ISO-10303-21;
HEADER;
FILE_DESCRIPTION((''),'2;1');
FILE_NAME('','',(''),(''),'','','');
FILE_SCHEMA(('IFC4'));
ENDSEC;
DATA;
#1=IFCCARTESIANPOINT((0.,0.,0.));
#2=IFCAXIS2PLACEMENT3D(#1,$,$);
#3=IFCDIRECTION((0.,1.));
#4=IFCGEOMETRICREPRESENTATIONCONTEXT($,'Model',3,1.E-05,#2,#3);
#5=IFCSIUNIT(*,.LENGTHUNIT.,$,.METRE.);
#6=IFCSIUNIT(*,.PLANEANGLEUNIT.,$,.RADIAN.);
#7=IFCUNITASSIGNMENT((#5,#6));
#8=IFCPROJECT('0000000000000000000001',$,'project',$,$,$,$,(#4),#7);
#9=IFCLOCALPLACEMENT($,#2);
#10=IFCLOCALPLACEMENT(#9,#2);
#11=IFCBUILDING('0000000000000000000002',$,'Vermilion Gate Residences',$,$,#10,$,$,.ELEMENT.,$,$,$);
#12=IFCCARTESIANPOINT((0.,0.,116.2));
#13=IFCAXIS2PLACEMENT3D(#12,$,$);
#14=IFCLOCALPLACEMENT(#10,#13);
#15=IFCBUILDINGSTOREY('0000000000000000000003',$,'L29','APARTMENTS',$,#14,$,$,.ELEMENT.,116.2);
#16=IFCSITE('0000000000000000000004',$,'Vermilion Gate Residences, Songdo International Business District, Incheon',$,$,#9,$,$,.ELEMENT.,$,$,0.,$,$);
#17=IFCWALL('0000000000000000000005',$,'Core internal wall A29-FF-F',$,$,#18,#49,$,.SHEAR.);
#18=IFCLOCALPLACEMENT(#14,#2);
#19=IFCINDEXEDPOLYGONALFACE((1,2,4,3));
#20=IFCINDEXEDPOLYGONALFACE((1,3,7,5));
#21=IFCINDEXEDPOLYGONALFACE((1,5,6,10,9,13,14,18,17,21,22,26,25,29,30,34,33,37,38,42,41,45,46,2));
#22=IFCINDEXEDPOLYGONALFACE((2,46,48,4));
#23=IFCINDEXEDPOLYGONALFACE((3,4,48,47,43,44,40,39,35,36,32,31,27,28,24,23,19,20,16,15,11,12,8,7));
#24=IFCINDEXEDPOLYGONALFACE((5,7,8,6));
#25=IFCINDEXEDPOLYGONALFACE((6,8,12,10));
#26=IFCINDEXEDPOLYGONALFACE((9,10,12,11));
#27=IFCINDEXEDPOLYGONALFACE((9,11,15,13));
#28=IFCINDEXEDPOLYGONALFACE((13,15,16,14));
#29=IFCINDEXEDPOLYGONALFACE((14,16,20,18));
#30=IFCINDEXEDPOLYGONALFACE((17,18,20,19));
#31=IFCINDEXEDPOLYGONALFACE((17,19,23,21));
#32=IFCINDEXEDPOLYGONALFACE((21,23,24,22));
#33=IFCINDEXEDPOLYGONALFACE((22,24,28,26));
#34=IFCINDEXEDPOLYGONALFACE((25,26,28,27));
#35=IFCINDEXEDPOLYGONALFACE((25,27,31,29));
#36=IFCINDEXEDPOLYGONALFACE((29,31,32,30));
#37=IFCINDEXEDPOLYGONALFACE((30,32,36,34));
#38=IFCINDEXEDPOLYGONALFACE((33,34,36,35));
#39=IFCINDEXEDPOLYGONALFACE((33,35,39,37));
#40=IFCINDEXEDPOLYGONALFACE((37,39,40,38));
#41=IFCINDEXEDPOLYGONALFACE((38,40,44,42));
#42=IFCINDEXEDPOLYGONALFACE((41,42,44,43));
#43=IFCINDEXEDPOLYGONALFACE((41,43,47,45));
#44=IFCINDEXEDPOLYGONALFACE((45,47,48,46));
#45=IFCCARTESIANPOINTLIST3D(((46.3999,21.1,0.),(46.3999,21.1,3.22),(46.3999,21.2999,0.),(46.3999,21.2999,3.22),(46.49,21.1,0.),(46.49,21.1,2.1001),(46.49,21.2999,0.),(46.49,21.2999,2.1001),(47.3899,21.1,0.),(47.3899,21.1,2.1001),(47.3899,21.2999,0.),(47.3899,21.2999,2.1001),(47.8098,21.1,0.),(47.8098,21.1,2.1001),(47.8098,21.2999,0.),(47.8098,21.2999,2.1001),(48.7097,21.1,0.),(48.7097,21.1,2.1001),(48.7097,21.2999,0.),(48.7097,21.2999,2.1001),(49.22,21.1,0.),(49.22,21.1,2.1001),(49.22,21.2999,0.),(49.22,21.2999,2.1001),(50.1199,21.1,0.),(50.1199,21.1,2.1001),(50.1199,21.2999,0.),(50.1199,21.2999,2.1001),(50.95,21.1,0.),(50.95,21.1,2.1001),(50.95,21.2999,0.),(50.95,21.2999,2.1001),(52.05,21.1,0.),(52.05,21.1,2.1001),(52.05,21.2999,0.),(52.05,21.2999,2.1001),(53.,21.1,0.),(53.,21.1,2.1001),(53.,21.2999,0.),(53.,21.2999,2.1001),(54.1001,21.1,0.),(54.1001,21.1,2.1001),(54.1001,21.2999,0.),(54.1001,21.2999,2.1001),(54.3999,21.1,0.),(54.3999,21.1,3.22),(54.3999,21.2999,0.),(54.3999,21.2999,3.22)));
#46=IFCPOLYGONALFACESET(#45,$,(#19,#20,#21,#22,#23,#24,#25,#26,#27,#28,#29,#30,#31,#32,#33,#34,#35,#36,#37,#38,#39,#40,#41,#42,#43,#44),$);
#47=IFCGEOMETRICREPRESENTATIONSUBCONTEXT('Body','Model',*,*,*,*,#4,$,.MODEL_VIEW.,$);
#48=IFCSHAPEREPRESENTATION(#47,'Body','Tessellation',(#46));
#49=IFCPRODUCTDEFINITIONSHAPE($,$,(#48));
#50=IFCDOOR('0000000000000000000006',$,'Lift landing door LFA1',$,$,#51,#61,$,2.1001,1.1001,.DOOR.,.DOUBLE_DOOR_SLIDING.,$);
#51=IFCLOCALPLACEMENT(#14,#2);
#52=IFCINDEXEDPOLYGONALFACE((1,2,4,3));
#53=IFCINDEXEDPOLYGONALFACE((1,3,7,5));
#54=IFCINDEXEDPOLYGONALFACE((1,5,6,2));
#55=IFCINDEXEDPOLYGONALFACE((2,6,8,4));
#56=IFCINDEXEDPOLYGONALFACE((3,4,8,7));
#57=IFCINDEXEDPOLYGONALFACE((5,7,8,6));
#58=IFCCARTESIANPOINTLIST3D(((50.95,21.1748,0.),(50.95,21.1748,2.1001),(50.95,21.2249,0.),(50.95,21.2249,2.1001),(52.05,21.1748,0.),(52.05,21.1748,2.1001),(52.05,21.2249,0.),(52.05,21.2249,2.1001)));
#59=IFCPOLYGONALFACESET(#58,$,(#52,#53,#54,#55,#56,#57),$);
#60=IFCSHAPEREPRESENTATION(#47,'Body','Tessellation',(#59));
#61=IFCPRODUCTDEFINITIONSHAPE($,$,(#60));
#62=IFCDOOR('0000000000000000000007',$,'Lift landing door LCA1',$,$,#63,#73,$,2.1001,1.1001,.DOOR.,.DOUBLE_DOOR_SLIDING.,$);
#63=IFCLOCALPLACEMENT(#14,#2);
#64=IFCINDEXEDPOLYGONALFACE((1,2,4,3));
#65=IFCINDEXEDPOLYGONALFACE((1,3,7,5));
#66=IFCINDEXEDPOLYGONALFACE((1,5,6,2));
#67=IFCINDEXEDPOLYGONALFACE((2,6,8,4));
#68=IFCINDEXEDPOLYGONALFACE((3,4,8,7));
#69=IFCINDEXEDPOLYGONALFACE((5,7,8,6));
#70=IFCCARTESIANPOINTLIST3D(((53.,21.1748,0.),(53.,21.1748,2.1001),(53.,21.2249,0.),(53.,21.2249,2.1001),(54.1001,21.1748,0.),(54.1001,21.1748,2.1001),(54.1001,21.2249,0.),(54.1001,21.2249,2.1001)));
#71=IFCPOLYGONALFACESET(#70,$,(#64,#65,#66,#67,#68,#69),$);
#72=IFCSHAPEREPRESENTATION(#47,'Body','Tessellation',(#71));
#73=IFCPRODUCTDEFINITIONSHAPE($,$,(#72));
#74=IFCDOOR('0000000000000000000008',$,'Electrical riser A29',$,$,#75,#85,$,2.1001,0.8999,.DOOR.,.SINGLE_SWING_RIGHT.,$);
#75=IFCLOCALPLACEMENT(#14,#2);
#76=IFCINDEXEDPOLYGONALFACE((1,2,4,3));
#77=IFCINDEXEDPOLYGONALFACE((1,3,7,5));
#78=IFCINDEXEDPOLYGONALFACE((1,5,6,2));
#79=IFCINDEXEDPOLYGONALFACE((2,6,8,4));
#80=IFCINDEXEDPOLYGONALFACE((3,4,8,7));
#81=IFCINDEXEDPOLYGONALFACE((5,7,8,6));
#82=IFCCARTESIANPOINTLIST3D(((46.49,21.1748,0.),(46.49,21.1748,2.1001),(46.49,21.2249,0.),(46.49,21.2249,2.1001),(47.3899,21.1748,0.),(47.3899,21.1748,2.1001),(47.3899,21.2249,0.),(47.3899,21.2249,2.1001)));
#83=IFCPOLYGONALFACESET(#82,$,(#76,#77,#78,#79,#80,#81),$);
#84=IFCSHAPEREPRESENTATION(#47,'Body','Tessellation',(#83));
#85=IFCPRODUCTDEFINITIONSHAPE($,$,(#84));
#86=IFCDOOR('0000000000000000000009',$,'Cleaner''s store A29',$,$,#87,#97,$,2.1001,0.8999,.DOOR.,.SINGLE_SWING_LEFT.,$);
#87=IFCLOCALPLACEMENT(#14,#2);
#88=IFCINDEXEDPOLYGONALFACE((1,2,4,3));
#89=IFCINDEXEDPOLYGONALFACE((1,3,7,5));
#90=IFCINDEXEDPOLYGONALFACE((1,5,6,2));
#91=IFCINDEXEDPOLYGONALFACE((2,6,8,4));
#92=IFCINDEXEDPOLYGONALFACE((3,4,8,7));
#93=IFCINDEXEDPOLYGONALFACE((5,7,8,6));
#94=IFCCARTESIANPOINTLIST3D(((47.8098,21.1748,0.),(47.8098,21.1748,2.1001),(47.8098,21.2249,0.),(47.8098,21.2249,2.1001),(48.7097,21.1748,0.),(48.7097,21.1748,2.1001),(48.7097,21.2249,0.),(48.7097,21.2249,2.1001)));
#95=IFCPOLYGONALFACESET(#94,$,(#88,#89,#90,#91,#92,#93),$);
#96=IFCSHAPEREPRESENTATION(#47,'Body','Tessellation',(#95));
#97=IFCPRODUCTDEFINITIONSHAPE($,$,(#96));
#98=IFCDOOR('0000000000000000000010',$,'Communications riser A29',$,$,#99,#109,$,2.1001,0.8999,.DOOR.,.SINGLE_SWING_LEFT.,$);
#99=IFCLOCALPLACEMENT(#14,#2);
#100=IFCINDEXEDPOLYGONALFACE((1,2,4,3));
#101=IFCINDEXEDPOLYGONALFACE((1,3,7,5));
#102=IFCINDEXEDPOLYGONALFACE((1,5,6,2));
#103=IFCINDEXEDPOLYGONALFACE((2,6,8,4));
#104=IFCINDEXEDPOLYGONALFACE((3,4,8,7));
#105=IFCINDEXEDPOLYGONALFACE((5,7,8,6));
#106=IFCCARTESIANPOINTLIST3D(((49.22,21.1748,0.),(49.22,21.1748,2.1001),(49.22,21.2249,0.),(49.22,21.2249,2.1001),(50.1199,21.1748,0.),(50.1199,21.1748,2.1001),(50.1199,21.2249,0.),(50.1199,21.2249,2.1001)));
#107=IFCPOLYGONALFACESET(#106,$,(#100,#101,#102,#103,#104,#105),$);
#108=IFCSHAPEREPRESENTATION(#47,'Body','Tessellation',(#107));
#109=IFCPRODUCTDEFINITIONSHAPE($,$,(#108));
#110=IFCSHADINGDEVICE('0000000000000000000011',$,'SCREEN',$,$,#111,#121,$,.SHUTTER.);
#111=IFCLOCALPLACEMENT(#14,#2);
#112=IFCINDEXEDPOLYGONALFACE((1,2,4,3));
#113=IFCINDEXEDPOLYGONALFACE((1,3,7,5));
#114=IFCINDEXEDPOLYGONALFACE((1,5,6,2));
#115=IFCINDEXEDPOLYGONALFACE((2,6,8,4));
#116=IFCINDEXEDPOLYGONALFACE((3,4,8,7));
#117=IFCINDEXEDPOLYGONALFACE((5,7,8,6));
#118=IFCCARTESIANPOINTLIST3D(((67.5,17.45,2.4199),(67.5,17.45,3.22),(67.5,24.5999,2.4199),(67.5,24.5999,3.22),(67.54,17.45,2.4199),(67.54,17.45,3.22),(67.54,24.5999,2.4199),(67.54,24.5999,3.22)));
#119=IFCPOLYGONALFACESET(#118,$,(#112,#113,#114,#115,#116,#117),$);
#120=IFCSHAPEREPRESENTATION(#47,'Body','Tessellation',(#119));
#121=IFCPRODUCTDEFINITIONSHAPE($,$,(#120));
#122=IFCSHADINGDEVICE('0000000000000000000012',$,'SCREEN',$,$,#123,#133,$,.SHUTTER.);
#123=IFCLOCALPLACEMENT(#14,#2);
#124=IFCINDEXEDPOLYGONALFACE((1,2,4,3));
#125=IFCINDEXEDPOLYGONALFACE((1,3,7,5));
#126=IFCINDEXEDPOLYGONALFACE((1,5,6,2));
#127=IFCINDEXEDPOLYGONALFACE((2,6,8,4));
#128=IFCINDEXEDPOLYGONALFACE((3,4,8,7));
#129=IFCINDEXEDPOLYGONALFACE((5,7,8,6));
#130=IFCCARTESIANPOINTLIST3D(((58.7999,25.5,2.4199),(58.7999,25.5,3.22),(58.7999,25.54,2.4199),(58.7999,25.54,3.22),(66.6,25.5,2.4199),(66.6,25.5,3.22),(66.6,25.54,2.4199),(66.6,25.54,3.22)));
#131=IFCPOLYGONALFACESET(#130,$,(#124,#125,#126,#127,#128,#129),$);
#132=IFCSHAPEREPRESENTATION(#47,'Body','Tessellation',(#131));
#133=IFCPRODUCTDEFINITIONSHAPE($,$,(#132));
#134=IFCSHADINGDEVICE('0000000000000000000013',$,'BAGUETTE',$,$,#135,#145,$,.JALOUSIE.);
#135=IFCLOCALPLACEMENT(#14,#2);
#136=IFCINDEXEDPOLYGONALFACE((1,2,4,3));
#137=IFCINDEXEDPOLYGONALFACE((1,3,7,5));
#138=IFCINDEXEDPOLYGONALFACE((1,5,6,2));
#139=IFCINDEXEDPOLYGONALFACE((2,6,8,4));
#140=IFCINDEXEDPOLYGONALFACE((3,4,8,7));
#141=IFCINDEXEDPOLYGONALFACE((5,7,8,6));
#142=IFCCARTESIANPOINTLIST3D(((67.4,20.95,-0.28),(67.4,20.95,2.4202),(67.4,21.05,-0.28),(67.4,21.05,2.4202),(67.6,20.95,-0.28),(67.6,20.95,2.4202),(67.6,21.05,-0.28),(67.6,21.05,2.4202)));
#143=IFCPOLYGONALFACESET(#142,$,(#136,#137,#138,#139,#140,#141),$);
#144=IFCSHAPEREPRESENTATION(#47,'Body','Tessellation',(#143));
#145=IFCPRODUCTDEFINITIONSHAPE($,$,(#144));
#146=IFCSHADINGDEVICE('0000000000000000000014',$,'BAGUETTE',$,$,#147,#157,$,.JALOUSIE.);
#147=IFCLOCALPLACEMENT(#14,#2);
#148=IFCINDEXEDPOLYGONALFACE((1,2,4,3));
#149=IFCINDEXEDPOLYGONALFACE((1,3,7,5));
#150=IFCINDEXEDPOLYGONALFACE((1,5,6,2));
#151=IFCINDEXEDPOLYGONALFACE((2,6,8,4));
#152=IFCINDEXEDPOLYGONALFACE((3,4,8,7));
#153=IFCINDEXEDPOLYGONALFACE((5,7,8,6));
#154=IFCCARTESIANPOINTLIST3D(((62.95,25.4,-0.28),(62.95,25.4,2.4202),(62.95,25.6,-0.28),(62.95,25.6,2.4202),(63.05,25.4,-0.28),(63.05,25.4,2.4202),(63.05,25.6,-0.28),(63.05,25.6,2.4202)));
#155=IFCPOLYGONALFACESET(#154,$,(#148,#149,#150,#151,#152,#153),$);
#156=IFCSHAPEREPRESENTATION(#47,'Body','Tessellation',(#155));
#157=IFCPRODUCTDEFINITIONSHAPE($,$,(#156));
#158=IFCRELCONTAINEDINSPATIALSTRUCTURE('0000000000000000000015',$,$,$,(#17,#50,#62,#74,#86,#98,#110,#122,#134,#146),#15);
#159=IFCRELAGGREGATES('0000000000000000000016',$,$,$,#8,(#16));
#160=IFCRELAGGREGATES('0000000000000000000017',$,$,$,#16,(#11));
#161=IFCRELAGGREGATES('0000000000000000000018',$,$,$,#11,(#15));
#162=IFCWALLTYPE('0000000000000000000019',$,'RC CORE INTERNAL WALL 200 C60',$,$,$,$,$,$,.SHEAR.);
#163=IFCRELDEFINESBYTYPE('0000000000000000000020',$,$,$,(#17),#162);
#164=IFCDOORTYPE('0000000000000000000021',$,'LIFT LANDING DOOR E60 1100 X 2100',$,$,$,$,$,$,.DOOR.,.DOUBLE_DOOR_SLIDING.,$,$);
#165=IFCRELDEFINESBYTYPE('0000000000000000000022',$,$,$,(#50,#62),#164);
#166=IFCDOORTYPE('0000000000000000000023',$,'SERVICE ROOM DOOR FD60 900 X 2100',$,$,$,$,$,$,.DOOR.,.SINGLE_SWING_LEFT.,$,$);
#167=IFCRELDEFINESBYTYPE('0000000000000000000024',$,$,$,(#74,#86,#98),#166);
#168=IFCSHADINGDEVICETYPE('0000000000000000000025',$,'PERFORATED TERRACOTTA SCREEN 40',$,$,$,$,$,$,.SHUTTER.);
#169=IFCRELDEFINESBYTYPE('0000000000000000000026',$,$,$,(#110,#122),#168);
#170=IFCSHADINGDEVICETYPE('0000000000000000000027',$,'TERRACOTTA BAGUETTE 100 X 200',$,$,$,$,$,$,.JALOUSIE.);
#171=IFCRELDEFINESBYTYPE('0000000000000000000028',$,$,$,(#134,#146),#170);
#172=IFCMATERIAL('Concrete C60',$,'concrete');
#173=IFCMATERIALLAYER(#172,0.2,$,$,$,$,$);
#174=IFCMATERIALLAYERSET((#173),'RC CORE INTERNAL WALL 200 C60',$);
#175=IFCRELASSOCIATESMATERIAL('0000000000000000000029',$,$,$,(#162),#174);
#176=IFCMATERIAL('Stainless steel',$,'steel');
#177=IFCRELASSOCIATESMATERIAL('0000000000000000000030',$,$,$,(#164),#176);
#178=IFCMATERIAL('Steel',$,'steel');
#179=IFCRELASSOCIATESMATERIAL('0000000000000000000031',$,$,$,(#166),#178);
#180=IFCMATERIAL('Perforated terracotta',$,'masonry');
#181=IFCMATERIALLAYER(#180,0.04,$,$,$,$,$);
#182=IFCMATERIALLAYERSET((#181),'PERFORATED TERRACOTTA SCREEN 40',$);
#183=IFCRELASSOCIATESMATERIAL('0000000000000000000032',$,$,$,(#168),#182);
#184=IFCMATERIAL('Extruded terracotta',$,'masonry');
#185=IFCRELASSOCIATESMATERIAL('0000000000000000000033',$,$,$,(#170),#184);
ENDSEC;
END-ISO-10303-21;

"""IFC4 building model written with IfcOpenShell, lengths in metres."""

from ifc_helpers import new_model, si_unit, direction, frame, frame_2d, origin, origin_2d, place, context, subcontext, project, spatial, rectangle, extrude, material, layer, layer_set, material_profile, profile_set, type_object, element, fill, save


model = new_model("IFC4")

# Units and contexts
model_context = context("Model", 3, precision=1e-05, world=origin(), true_north=direction((0.0, 1.0)))
body_context = subcontext(model_context, "Body", "Model", "MODEL_VIEW")
ifc_project = project(units=[si_unit("LENGTHUNIT", "METRE"), si_unit("PLANEANGLEUNIT", "RADIAN")], contexts=[model_context])

# Site, building, storey
site_placement = place(None, origin())
site = spatial("IfcSite", under=ifc_project, at=site_placement, Name="Vermilion Gate Residences, Songdo International Business District, Incheon", CompositionType="ELEMENT", RefElevation=0.0)
building_placement = place(site_placement, origin())
building = spatial("IfcBuilding", under=site, at=building_placement, Name="Vermilion Gate Residences", CompositionType="ELEMENT")
storey_placement = place(building_placement, frame((0.0, 0.0, 116.2)))
storey = spatial("IfcBuildingStorey", under=building, at=storey_placement, Name="L29", Description="APARTMENTS", CompositionType="ELEMENT", Elevation=116.2)

# Shared definitions
ifc_material_1 = material(Name="Concrete C60", Category="concrete")
ifc_layer_1 = layer(ifc_material_1, 0.2)
ifc_layer_set_1 = layer_set([ifc_layer_1], Name="RC CORE INTERNAL WALL 200 C60")
wall_type_1 = type_object("IfcWallType", Name="RC CORE INTERNAL WALL 200 C60", PredefinedType="SHEAR", material=ifc_layer_set_1)

# Wall, openings, doors
wall_1_placement = place(storey_placement, frame((46.3999, 21.2, 0.0), z_axis=(0.0, 0.0, 1.0), x_axis=(1.0, 0.0, 0.0)))
wall_1 = element("IfcWall", 1, at=wall_1_placement, inside=storey, type_object=wall_type_1, Name="Core internal wall A29-FF-F", PredefinedType="SHEAR", context=body_context, shape_type="SweptSolid", body=[
    extrude(rectangle(XDim=8.0, YDim=0.2, at=frame_2d((4.0, 0.0))), origin(), (0.0, 0.0, 1.0), 3.22),
])
opening_1_placement = place(wall_1_placement, frame((0.0901, 0.0, 0.0)))
opening_1 = element("IfcOpeningElement", 2, at=opening_1_placement, cuts=wall_1, PredefinedType="OPENING", context=body_context, shape_type="SweptSolid", body=[
    extrude(rectangle(XDim=0.8999, YDim=2.1001, at=frame_2d((0.45, 1.05))), frame((0.0, 0.1099, 0.0), z_axis=(0.0, -1.0, 0.0), x_axis=(1.0, 0.0, 0.0)), (0.0, 0.0, 1.0), 0.22),
])
opening_2_placement = place(wall_1_placement, frame((1.4099, 0.0, 0.0)))
opening_2 = element("IfcOpeningElement", 3, at=opening_2_placement, cuts=wall_1, PredefinedType="OPENING", context=body_context, shape_type="SweptSolid", body=[
    extrude(rectangle(XDim=0.8999, YDim=2.1001, at=frame_2d((0.45, 1.05))), frame((0.0, 0.1099, 0.0), z_axis=(0.0, -1.0, 0.0), x_axis=(1.0, 0.0, 0.0)), (0.0, 0.0, 1.0), 0.22),
])
opening_3_placement = place(wall_1_placement, frame((2.8201, 0.0, 0.0)))
opening_3 = element("IfcOpeningElement", 4, at=opening_3_placement, cuts=wall_1, PredefinedType="OPENING", context=body_context, shape_type="SweptSolid", body=[
    extrude(rectangle(XDim=0.8999, YDim=2.1001, at=frame_2d((0.45, 1.05))), frame((0.0, 0.1099, 0.0), z_axis=(0.0, -1.0, 0.0), x_axis=(1.0, 0.0, 0.0)), (0.0, 0.0, 1.0), 0.22),
])
opening_4_placement = place(wall_1_placement, frame((4.55, 0.0, 0.0)))
opening_4 = element("IfcOpeningElement", 5, at=opening_4_placement, cuts=wall_1, PredefinedType="OPENING", context=body_context, shape_type="SweptSolid", body=[
    extrude(rectangle(XDim=1.1001, YDim=2.1001, at=frame_2d((0.55, 1.05))), frame((0.0, 0.1099, 0.0), z_axis=(0.0, -1.0, 0.0), x_axis=(1.0, 0.0, 0.0)), (0.0, 0.0, 1.0), 0.22),
])
opening_5_placement = place(wall_1_placement, frame((6.6001, 0.0, 0.0)))
opening_5 = element("IfcOpeningElement", 6, at=opening_5_placement, cuts=wall_1, PredefinedType="OPENING", context=body_context, shape_type="SweptSolid", body=[
    extrude(rectangle(XDim=1.1001, YDim=2.1001, at=frame_2d((0.55, 1.05))), frame((0.0, 0.1099, 0.0), z_axis=(0.0, -1.0, 0.0), x_axis=(1.0, 0.0, 0.0)), (0.0, 0.0, 1.0), 0.22),
])
ifc_material_2 = material(Name="Stainless steel", Category="steel")
door_type_1 = type_object("IfcDoorType", Name="LIFT LANDING DOOR E60 1100 X 2100", OperationType="DOUBLE_DOOR_SLIDING", PredefinedType="DOOR", material=ifc_material_2)
door_1_placement = place(opening_4_placement, origin())
door_1 = element("IfcDoor", 7, at=door_1_placement, inside=storey, type_object=door_type_1, Name="Lift landing door LFA1", OperationType="DOUBLE_DOOR_SLIDING", OverallHeight=2.1001, OverallWidth=1.1001, PredefinedType="DOOR", context=body_context, shape_type="SweptSolid", body=[
    extrude(rectangle(XDim=1.1001, YDim=2.1001, at=frame_2d((0.55, 1.05))), frame((0.0, 0.0249, 0.0), z_axis=(0.0, -1.0, 0.0), x_axis=(1.0, 0.0, 0.0)), (0.0, 0.0, 1.0), 0.05),
])
fill(opening_4, door_1)
door_2_placement = place(opening_5_placement, origin())
door_2 = element("IfcDoor", 8, at=door_2_placement, inside=storey, type_object=door_type_1, Name="Lift landing door LCA1", OperationType="DOUBLE_DOOR_SLIDING", OverallHeight=2.1001, OverallWidth=1.1001, PredefinedType="DOOR", context=body_context, shape_type="SweptSolid", body=[
    extrude(rectangle(XDim=1.1001, YDim=2.1001, at=frame_2d((0.55, 1.05))), frame((0.0, 0.0249, 0.0), z_axis=(0.0, -1.0, 0.0), x_axis=(1.0, 0.0, 0.0)), (0.0, 0.0, 1.0), 0.05),
])
fill(opening_5, door_2)
ifc_material_3 = material(Name="Steel", Category="steel")
door_type_2 = type_object("IfcDoorType", Name="SERVICE ROOM DOOR FD60 900 X 2100", OperationType="SINGLE_SWING_LEFT", PredefinedType="DOOR", material=ifc_material_3)
door_3_placement = place(opening_1_placement, origin())
door_3 = element("IfcDoor", 9, at=door_3_placement, inside=storey, type_object=door_type_2, Name="Electrical riser A29", OperationType="SINGLE_SWING_RIGHT", OverallHeight=2.1001, OverallWidth=0.8999, PredefinedType="DOOR", context=body_context, shape_type="SweptSolid", body=[
    extrude(rectangle(XDim=0.8999, YDim=2.1001, at=frame_2d((0.45, 1.05))), frame((0.0, 0.0249, 0.0), z_axis=(0.0, -1.0, 0.0), x_axis=(1.0, 0.0, 0.0)), (0.0, 0.0, 1.0), 0.05),
])
fill(opening_1, door_3)
door_4_placement = place(opening_2_placement, origin())
door_4 = element("IfcDoor", 10, at=door_4_placement, inside=storey, type_object=door_type_2, Name="Cleaner's store A29", OperationType="SINGLE_SWING_LEFT", OverallHeight=2.1001, OverallWidth=0.8999, PredefinedType="DOOR", context=body_context, shape_type="SweptSolid", body=[
    extrude(rectangle(XDim=0.8999, YDim=2.1001, at=frame_2d((0.45, 1.05))), frame((0.0, 0.0249, 0.0), z_axis=(0.0, -1.0, 0.0), x_axis=(1.0, 0.0, 0.0)), (0.0, 0.0, 1.0), 0.05),
])
fill(opening_2, door_4)
door_5_placement = place(opening_3_placement, origin())
door_5 = element("IfcDoor", 11, at=door_5_placement, inside=storey, type_object=door_type_2, Name="Communications riser A29", OperationType="SINGLE_SWING_LEFT", OverallHeight=2.1001, OverallWidth=0.8999, PredefinedType="DOOR", context=body_context, shape_type="SweptSolid", body=[
    extrude(rectangle(XDim=0.8999, YDim=2.1001, at=frame_2d((0.45, 1.05))), frame((0.0, 0.0249, 0.0), z_axis=(0.0, -1.0, 0.0), x_axis=(1.0, 0.0, 0.0)), (0.0, 0.0, 1.0), 0.05),
])
fill(opening_3, door_5)

# Shading devices
ifc_material_4 = material(Name="Perforated terracotta", Category="masonry")
ifc_layer_2 = layer(ifc_material_4, 0.04)
ifc_layer_set_2 = layer_set([ifc_layer_2], Name="PERFORATED TERRACOTTA SCREEN 40")
shading_device_type_1 = type_object("IfcShadingDeviceType", Name="PERFORATED TERRACOTTA SCREEN 40", PredefinedType="SHUTTER", material=ifc_layer_set_2)
shading_device_1_placement = place(storey_placement, frame((67.52, 21.0249, 2.4199), z_axis=(0.0, 0.0, 1.0), x_axis=(0.0, 1.0, 0.0)))
element("IfcShadingDevice", 12, at=shading_device_1_placement, inside=storey, type_object=shading_device_type_1, Name="SCREEN", PredefinedType="SHUTTER", context=body_context, shape_type="SweptSolid", body=[
    extrude(rectangle(XDim=7.1499, YDim=0.04, at=origin_2d()), origin(), (0.0, 0.0, 1.0), 0.8),
])
shading_device_2_placement = place(storey_placement, frame((62.7, 25.52, 2.4199), z_axis=(0.0, 0.0, 1.0), x_axis=(-1.0, 0.0, 0.0)))
element("IfcShadingDevice", 13, at=shading_device_2_placement, inside=storey, type_object=shading_device_type_1, Name="SCREEN", PredefinedType="SHUTTER", context=body_context, shape_type="SweptSolid", body=[
    extrude(rectangle(XDim=7.8, YDim=0.04, at=origin_2d()), origin(), (0.0, 0.0, 1.0), 0.8),
])
ifc_material_5 = material(Name="Extruded terracotta", Category="masonry")
ifc_material_profile_1 = material_profile(ifc_material_5, rectangle(XDim=0.2, YDim=0.1001, at=origin_2d()), Name="BAGUETTE 100 X 200")
ifc_profile_set_1 = profile_set([ifc_material_profile_1], Name="Extruded terracotta")
shading_device_type_2 = type_object("IfcShadingDeviceType", Name="TERRACOTTA BAGUETTE 100 X 200", PredefinedType="JALOUSIE", material=ifc_profile_set_1)
for number, where, z_axis, x_axis, name in (
    (14, (67.5, 21.0, -0.28), (0.0, 0.0, 1.0), (-1.0, 0.0, 0.0), "BAGUETTE"),
    (15, (63.0, 25.5, -0.28), (0.0, 0.0, 1.0), (0.0, -1.0, 0.0), "BAGUETTE"),
):
    element("IfcShadingDevice", number, at=place(storey_placement, frame(where, z_axis=z_axis, x_axis=x_axis)), inside=storey, type_object=shading_device_type_2, Name=name, PredefinedType="JALOUSIE", context=body_context, shape_type="SweptSolid", body=[
        extrude(rectangle(XDim=0.2, YDim=0.1001, at=origin_2d()), origin(), (0.0, 0.0, 1.0), 2.7002),
    ])

save(model, "model.ifc")
